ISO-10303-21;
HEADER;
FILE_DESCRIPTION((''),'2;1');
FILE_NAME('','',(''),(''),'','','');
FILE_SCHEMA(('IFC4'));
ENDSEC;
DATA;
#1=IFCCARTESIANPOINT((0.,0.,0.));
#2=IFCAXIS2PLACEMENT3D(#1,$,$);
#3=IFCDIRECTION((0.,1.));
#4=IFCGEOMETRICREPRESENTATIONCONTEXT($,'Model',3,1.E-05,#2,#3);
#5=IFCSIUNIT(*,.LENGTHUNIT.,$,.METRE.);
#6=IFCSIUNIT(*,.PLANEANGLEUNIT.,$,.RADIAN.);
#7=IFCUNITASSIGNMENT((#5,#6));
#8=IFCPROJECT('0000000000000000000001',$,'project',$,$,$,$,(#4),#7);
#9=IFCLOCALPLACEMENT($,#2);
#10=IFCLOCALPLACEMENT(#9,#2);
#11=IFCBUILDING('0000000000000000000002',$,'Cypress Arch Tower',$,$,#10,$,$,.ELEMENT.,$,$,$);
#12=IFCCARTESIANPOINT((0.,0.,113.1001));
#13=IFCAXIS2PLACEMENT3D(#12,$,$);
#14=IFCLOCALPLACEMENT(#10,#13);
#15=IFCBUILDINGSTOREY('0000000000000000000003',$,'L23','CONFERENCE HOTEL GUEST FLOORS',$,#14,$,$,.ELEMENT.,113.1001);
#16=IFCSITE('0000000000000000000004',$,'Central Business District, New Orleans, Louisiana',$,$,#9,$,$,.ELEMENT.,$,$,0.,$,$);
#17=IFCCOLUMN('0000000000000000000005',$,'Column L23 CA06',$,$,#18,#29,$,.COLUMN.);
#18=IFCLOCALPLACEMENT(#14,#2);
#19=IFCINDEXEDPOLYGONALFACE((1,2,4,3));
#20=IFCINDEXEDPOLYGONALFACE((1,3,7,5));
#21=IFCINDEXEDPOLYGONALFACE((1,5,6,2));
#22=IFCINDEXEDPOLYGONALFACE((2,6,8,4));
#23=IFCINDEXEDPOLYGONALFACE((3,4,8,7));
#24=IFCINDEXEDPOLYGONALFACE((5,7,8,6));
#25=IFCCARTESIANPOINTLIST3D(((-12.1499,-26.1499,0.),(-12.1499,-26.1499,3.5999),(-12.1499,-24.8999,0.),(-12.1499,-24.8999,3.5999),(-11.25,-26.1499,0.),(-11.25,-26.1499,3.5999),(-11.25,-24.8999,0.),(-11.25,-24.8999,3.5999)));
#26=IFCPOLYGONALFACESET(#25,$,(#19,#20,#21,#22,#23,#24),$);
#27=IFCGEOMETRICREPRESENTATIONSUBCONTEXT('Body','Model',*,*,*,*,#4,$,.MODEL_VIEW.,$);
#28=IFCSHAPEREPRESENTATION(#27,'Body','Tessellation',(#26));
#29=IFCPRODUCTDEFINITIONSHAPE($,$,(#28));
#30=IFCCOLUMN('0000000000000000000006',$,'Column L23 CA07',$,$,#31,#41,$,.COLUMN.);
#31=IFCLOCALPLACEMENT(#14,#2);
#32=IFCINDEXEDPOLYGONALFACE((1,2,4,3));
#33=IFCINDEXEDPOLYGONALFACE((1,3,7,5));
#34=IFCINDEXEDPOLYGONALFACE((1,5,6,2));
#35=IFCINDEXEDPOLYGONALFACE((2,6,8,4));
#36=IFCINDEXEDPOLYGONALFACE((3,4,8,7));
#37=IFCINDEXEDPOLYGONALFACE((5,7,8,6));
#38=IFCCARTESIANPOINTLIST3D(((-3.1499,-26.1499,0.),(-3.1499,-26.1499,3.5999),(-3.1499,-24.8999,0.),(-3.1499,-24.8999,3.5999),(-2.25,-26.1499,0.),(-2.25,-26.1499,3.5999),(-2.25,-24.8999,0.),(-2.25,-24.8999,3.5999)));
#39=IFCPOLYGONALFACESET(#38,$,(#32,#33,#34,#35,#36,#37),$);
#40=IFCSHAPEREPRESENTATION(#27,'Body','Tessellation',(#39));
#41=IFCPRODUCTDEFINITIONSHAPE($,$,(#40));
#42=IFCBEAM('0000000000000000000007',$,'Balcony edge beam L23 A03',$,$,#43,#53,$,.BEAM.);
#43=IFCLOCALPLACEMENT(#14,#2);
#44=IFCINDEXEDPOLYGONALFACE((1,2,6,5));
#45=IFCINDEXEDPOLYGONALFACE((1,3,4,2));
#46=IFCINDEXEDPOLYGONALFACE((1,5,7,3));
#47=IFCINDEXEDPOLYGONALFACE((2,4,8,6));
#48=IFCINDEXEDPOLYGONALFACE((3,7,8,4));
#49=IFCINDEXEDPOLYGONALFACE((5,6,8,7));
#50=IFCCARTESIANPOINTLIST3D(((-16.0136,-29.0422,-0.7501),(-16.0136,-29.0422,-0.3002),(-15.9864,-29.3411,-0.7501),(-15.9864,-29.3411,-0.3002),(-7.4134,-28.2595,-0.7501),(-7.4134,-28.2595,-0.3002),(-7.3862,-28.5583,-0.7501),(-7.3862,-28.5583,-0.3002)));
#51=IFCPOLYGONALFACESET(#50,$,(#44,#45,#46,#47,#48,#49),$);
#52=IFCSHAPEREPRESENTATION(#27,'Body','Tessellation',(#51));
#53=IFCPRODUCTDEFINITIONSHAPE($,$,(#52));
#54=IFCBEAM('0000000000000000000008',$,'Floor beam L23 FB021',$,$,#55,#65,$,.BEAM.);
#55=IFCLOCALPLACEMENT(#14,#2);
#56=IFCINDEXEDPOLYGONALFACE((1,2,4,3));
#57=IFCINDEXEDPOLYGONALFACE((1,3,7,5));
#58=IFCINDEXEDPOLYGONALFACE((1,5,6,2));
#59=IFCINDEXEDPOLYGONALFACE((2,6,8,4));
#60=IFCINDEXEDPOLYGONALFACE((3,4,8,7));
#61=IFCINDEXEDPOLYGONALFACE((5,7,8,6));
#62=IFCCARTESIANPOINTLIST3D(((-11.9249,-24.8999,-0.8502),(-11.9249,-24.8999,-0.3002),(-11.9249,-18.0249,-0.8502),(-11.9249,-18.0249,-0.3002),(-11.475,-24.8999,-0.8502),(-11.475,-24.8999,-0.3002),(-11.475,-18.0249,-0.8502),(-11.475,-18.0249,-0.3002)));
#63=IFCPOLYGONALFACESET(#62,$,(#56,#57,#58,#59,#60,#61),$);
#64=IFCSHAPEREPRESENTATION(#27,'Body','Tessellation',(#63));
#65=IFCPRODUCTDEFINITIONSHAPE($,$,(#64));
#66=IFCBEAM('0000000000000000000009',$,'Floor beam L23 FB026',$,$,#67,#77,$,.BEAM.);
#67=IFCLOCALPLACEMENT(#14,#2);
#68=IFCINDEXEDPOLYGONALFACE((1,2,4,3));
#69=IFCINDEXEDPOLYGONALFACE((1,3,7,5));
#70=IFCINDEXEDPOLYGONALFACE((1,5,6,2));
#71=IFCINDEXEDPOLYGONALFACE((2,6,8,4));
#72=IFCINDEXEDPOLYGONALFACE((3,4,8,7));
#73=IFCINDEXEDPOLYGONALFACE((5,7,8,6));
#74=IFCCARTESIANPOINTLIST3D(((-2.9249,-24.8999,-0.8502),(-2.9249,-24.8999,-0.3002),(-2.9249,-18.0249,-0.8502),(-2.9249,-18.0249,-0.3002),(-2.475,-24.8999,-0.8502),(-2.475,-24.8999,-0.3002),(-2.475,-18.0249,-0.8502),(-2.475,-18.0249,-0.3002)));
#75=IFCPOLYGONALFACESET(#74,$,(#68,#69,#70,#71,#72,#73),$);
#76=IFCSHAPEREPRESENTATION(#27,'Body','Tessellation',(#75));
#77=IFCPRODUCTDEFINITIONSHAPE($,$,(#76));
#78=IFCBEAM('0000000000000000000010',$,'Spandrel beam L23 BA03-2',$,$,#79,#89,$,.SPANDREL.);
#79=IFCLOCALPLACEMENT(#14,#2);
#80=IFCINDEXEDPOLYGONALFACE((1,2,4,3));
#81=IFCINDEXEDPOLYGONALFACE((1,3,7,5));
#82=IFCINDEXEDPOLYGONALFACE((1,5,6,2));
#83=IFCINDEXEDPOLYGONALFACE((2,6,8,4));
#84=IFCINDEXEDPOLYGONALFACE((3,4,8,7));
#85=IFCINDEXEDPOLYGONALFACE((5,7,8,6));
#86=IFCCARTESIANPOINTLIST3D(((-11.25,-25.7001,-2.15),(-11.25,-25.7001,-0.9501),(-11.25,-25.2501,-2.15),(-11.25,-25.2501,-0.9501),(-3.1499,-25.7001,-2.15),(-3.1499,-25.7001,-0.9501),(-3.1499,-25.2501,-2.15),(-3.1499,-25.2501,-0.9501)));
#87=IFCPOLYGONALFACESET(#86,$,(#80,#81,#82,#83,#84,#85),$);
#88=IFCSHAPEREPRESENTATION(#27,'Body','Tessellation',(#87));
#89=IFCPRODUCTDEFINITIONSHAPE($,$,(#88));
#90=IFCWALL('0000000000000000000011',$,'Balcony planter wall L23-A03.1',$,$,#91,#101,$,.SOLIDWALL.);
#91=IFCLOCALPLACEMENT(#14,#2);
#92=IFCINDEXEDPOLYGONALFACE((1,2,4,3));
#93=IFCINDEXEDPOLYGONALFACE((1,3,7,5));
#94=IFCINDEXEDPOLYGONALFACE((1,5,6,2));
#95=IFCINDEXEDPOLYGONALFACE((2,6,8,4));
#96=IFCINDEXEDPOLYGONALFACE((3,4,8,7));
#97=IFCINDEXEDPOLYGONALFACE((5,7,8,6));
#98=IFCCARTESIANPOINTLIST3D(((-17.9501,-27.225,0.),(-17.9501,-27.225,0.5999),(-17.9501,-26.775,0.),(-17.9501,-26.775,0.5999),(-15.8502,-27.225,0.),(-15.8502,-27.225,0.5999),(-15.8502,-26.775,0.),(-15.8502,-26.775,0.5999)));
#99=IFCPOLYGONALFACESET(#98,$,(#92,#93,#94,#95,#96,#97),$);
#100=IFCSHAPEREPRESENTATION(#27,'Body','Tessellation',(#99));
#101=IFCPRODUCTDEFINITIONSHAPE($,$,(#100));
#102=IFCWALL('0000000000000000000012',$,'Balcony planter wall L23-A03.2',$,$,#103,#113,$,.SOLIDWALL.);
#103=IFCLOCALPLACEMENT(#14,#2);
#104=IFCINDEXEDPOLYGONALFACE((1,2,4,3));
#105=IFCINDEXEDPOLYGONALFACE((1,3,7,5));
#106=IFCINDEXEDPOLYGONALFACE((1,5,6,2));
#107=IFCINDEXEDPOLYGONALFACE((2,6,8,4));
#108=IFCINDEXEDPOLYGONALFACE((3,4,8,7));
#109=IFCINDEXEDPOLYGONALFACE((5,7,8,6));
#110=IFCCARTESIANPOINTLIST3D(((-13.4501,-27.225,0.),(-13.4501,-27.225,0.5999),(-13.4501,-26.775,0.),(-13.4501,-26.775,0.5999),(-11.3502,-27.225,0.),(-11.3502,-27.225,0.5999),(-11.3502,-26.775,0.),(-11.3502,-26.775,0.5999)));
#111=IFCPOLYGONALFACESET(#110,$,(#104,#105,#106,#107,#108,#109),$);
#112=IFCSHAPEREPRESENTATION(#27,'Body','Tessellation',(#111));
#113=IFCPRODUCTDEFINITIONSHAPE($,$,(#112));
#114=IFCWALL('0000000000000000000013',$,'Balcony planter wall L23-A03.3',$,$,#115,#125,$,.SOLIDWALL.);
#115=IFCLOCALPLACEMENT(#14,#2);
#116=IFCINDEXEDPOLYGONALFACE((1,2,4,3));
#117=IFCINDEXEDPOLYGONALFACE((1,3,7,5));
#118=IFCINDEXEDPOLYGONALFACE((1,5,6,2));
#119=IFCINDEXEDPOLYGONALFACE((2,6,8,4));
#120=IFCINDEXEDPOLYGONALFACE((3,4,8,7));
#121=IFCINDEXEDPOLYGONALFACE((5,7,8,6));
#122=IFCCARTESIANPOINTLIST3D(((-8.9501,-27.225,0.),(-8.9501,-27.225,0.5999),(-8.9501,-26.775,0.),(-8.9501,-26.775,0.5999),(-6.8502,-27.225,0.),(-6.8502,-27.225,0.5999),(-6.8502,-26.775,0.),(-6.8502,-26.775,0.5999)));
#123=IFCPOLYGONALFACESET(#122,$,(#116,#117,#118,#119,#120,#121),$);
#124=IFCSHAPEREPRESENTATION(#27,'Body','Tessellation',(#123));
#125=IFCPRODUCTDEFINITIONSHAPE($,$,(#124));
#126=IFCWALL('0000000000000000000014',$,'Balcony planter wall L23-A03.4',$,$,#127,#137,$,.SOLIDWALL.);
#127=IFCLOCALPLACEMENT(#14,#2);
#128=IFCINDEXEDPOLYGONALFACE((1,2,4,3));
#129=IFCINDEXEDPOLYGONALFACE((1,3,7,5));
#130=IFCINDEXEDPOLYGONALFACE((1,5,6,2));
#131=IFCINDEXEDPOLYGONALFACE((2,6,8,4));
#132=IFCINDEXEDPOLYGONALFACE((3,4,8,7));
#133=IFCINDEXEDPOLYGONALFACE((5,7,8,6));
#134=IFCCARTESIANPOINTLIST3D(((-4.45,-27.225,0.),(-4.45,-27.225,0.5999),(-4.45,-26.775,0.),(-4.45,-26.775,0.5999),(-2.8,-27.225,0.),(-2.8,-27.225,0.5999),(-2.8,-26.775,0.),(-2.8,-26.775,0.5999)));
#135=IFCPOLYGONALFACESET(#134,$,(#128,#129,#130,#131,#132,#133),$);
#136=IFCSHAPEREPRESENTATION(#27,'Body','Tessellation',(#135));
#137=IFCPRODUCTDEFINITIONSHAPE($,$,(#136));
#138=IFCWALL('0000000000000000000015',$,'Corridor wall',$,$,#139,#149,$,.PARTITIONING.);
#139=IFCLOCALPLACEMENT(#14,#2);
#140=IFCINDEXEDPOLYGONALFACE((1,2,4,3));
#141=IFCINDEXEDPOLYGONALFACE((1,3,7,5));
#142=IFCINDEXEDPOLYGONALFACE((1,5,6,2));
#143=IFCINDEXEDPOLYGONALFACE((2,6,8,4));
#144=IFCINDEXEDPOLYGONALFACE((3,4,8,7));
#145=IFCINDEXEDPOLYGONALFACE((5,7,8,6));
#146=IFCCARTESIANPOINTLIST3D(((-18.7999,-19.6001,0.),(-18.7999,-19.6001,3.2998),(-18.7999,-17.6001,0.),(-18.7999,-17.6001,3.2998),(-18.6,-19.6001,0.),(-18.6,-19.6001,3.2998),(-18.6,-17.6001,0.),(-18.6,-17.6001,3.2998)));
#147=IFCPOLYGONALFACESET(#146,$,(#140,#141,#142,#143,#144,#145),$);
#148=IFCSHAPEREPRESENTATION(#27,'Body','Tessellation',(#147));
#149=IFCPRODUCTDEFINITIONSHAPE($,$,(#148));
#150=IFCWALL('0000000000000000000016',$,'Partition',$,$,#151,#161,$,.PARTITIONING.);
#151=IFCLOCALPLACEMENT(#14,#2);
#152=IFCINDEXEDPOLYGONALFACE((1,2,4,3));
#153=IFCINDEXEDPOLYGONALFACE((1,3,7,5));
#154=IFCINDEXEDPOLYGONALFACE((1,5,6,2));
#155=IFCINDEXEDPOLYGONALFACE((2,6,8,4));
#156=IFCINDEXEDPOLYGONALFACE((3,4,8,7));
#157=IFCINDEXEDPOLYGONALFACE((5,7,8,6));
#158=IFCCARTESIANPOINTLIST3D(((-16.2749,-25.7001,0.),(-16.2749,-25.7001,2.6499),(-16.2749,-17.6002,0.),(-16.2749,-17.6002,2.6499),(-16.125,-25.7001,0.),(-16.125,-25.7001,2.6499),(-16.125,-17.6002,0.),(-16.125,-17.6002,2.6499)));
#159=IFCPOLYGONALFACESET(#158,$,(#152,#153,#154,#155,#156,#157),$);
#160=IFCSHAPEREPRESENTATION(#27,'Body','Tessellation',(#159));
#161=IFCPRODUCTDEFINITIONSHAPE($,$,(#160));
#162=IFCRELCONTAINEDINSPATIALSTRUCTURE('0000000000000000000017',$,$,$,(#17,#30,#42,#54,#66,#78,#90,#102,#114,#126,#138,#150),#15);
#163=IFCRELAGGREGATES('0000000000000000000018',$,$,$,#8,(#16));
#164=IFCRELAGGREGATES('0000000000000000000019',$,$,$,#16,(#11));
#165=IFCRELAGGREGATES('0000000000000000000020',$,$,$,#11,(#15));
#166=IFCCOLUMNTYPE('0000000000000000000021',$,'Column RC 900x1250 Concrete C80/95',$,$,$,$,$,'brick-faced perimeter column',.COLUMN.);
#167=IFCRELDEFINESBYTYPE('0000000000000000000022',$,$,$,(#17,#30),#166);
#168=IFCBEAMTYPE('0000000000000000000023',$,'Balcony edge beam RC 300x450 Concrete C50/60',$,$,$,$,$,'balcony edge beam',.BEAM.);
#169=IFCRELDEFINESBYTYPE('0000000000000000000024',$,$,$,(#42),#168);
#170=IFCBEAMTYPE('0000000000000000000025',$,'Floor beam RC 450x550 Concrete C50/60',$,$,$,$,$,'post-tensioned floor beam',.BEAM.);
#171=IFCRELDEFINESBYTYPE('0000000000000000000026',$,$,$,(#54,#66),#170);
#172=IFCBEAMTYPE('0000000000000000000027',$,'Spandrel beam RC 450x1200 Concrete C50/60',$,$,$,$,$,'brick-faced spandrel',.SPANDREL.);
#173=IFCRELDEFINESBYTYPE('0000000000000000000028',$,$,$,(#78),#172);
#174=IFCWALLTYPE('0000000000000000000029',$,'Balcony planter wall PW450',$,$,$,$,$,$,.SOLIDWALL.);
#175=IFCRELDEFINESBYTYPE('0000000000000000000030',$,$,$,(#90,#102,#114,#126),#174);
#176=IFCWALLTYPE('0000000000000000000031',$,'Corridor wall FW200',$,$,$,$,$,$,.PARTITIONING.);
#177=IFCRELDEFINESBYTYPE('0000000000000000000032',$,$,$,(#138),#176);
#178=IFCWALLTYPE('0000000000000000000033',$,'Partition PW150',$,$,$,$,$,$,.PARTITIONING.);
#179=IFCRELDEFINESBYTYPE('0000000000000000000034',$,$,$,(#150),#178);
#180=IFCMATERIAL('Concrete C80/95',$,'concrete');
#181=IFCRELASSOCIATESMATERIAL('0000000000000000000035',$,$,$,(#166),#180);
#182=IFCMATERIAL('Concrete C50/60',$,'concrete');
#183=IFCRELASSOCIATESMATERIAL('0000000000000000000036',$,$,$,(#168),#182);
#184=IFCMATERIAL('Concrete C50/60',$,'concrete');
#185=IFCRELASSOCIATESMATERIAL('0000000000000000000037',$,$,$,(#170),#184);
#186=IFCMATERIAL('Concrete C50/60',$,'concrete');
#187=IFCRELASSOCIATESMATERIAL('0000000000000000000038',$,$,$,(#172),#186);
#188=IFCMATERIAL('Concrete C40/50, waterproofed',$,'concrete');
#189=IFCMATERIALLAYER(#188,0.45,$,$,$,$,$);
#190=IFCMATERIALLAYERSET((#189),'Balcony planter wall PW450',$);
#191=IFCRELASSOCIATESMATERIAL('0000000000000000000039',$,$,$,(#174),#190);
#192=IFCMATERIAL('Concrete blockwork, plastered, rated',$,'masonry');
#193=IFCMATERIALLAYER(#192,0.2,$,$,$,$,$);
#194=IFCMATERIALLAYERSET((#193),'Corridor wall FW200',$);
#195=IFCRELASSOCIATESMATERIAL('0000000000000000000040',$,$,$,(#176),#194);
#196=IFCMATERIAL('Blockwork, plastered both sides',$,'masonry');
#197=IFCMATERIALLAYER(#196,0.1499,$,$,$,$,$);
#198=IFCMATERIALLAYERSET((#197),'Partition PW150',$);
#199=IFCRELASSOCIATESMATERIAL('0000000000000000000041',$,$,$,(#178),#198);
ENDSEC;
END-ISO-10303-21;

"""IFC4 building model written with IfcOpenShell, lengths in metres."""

from ifc_helpers import new_model, si_unit, direction, frame, frame_2d, origin, origin_2d, place, context, subcontext, project, spatial, rectangle, extrude, material, layer, layer_set, material_profile, profile_set, type_object, element, save


model = new_model("IFC4")

# Units and contexts
model_context = context("Model", 3, precision=1e-05, world=origin(), true_north=direction((0.0, 1.0)))
body_context = subcontext(model_context, "Body", "Model", "MODEL_VIEW")
ifc_project = project(units=[si_unit("LENGTHUNIT", "METRE"), si_unit("PLANEANGLEUNIT", "RADIAN")], contexts=[model_context])

# Site, building, storey
site_placement = place(None, origin())
site = spatial("IfcSite", under=ifc_project, at=site_placement, Name="Central Business District, New Orleans, Louisiana", CompositionType="ELEMENT", RefElevation=0.0)
building_placement = place(site_placement, origin())
building = spatial("IfcBuilding", under=site, at=building_placement, Name="Cypress Arch Tower", CompositionType="ELEMENT")
storey_placement = place(building_placement, frame((0.0, 0.0, 113.1001)))
storey = spatial("IfcBuildingStorey", under=building, at=storey_placement, Name="L23", Description="CONFERENCE HOTEL GUEST FLOORS", CompositionType="ELEMENT", Elevation=113.1001)

# Columns
ifc_material_1 = material(Name="Concrete C80/95", Category="concrete")
ifc_material_profile_1 = material_profile(ifc_material_1, rectangle(XDim=0.8999, YDim=1.25, at=origin_2d()), Name="RC 900x1250")
ifc_profile_set_1 = profile_set([ifc_material_profile_1], Name="Concrete C80/95")
column_type = type_object("IfcColumnType", Name="Column RC 900x1250 Concrete C80/95", ElementType="brick-faced perimeter column", PredefinedType="COLUMN", material=ifc_profile_set_1)
for number, where, z_axis, x_axis, name in (
    (1, (-11.7, -25.5249, 0.0), (0.0, 0.0, 1.0), (1.0, 0.0, 0.0), "Column L23 CA06"),
    (2, (-2.7, -25.5249, 0.0), (0.0, 0.0, 1.0), (1.0, 0.0, 0.0), "Column L23 CA07"),
):
    element("IfcColumn", number, at=place(storey_placement, frame(where, z_axis=z_axis, x_axis=x_axis)), inside=storey, type_object=column_type, Name=name, PredefinedType="COLUMN", context=body_context, shape_type="SweptSolid", body=[
        extrude(rectangle(XDim=0.8999, YDim=1.25, at=origin_2d()), origin(), (0.0, 0.0, 1.0), 3.5999),
    ])

# Beams
ifc_material_2 = material(Name="Concrete C50/60", Category="concrete")
ifc_material_profile_2 = material_profile(ifc_material_2, rectangle(XDim=0.3, YDim=0.45, at=origin_2d()), Name="RC 300x450")
ifc_profile_set_2 = profile_set([ifc_material_profile_2], Name="Concrete C50/60")
beam_type_1 = type_object("IfcBeamType", Name="Balcony edge beam RC 300x450 Concrete C50/60", ElementType="balcony edge beam", PredefinedType="BEAM", material=ifc_profile_set_2)
beam_1_placement = place(storey_placement, frame((-16.0, -29.1917, -0.5251), z_axis=(0.995884, 0.090638, 0.0), x_axis=(-0.090638, 0.995884, 0.0)))
element("IfcBeam", 3, at=beam_1_placement, inside=storey, type_object=beam_type_1, Name="Balcony edge beam L23 A03", PredefinedType="BEAM", context=body_context, shape_type="SweptSolid", body=[
    extrude(rectangle(XDim=0.3, YDim=0.45, at=origin_2d()), origin(), (0.0, 0.0, 1.0), 8.6357),
])
ifc_material_3 = material(Name="Concrete C50/60", Category="concrete")
ifc_material_profile_3 = material_profile(ifc_material_3, rectangle(XDim=0.45, YDim=0.55, at=origin_2d()), Name="RC 450x550")
ifc_profile_set_3 = profile_set([ifc_material_profile_3], Name="Concrete C50/60")
beam_type_2 = type_object("IfcBeamType", Name="Floor beam RC 450x550 Concrete C50/60", ElementType="post-tensioned floor beam", PredefinedType="BEAM", material=ifc_profile_set_3)
for number, where, z_axis, x_axis, name in (
    (4, (-11.7, -24.8999, -0.5752), (0.0, 1.0, 0.0), (-1.0, 0.0, 0.0), "Floor beam L23 FB021"),
    (5, (-2.7, -24.8999, -0.5752), (0.0, 1.0, 0.0), (-1.0, 0.0, 0.0), "Floor beam L23 FB026"),
):
    element("IfcBeam", number, at=place(storey_placement, frame(where, z_axis=z_axis, x_axis=x_axis)), inside=storey, type_object=beam_type_2, Name=name, PredefinedType="BEAM", context=body_context, shape_type="SweptSolid", body=[
        extrude(rectangle(XDim=0.45, YDim=0.55, at=origin_2d()), origin(), (0.0, 0.0, 1.0), 6.875),
    ])
ifc_material_4 = material(Name="Concrete C50/60", Category="concrete")
ifc_material_profile_4 = material_profile(ifc_material_4, rectangle(XDim=0.45, YDim=1.2, at=origin_2d()), Name="RC 450x1200")
ifc_profile_set_4 = profile_set([ifc_material_profile_4], Name="Concrete C50/60")
beam_type_3 = type_object("IfcBeamType", Name="Spandrel beam RC 450x1200 Concrete C50/60", ElementType="brick-faced spandrel", PredefinedType="SPANDREL", material=ifc_profile_set_4)
beam_2_placement = place(storey_placement, frame((-11.25, -25.4751, -1.55), z_axis=(1.0, 0.0, 0.0), x_axis=(0.0, 1.0, 0.0)))
element("IfcBeam", 6, at=beam_2_placement, inside=storey, type_object=beam_type_3, Name="Spandrel beam L23 BA03-2", PredefinedType="SPANDREL", context=body_context, shape_type="SweptSolid", body=[
    extrude(rectangle(XDim=0.45, YDim=1.2, at=origin_2d()), origin(), (0.0, 0.0, 1.0), 8.1001),
])

# Walls
ifc_material_5 = material(Name="Concrete C40/50, waterproofed", Category="concrete")
ifc_layer_1 = layer(ifc_material_5, 0.45)
ifc_layer_set_1 = layer_set([ifc_layer_1], Name="Balcony planter wall PW450")
wall_type_1 = type_object("IfcWallType", Name="Balcony planter wall PW450", PredefinedType="SOLIDWALL", material=ifc_layer_set_1)
for number, where, z_axis, x_axis, name in (
    (7, (-17.95, -27.0, 0.0), (0.0, 0.0, 1.0), (1.0, 0.0, 0.0), "Balcony planter wall L23-A03.1"),
    (8, (-13.45, -27.0, 0.0), (0.0, 0.0, 1.0), (1.0, 0.0, 0.0), "Balcony planter wall L23-A03.2"),
    (9, (-8.95, -27.0, 0.0), (0.0, 0.0, 1.0), (1.0, 0.0, 0.0), "Balcony planter wall L23-A03.3"),
):
    element("IfcWall", number, at=place(storey_placement, frame(where, z_axis=z_axis, x_axis=x_axis)), inside=storey, type_object=wall_type_1, Name=name, PredefinedType="SOLIDWALL", context=body_context, shape_type="SweptSolid", body=[
        extrude(rectangle(XDim=2.0999, YDim=0.45, at=frame_2d((1.0498, 0.0))), origin(), (0.0, 0.0, 1.0), 0.5999),
    ])
wall_1_placement = place(storey_placement, frame((-4.45, -27.0, 0.0), z_axis=(0.0, 0.0, 1.0), x_axis=(1.0, 0.0, 0.0)))
element("IfcWall", 10, at=wall_1_placement, inside=storey, type_object=wall_type_1, Name="Balcony planter wall L23-A03.4", PredefinedType="SOLIDWALL", context=body_context, shape_type="SweptSolid", body=[
    extrude(rectangle(XDim=1.6499, YDim=0.45, at=frame_2d((0.825, 0.0))), origin(), (0.0, 0.0, 1.0), 0.5999),
])

# Walls
ifc_material_6 = material(Name="Concrete blockwork, plastered, rated", Category="masonry")
ifc_layer_2 = layer(ifc_material_6, 0.2)
ifc_layer_set_2 = layer_set([ifc_layer_2], Name="Corridor wall FW200")
wall_type_2 = type_object("IfcWallType", Name="Corridor wall FW200", PredefinedType="PARTITIONING", material=ifc_layer_set_2)
wall_2_placement = place(storey_placement, frame((-18.7, -19.6001, 0.0), z_axis=(0.0, 0.0, 1.0), x_axis=(0.0, 1.0, 0.0)))
element("IfcWall", 11, at=wall_2_placement, inside=storey, type_object=wall_type_2, Name="Corridor wall", PredefinedType="PARTITIONING", context=body_context, shape_type="SweptSolid", body=[
    extrude(rectangle(XDim=2.0, YDim=0.2, at=frame_2d((1.0, 0.0))), origin(), (0.0, 0.0, 1.0), 3.2998),
])
ifc_material_7 = material(Name="Blockwork, plastered both sides", Category="masonry")
ifc_layer_3 = layer(ifc_material_7, 0.1499)
ifc_layer_set_3 = layer_set([ifc_layer_3], Name="Partition PW150")
wall_type_3 = type_object("IfcWallType", Name="Partition PW150", PredefinedType="PARTITIONING", material=ifc_layer_set_3)
wall_3_placement = place(storey_placement, frame((-16.2, -25.7, 0.0), z_axis=(0.0, 0.0, 1.0), x_axis=(0.0, 1.0, 0.0)))
element("IfcWall", 12, at=wall_3_placement, inside=storey, type_object=wall_type_3, Name="Partition", PredefinedType="PARTITIONING", context=body_context, shape_type="SweptSolid", body=[
    extrude(rectangle(XDim=8.0999, YDim=0.1499, at=frame_2d((4.0498, 0.0))), origin(), (0.0, 0.0, 1.0), 2.6499),
])

save(model, "model.ifc")
